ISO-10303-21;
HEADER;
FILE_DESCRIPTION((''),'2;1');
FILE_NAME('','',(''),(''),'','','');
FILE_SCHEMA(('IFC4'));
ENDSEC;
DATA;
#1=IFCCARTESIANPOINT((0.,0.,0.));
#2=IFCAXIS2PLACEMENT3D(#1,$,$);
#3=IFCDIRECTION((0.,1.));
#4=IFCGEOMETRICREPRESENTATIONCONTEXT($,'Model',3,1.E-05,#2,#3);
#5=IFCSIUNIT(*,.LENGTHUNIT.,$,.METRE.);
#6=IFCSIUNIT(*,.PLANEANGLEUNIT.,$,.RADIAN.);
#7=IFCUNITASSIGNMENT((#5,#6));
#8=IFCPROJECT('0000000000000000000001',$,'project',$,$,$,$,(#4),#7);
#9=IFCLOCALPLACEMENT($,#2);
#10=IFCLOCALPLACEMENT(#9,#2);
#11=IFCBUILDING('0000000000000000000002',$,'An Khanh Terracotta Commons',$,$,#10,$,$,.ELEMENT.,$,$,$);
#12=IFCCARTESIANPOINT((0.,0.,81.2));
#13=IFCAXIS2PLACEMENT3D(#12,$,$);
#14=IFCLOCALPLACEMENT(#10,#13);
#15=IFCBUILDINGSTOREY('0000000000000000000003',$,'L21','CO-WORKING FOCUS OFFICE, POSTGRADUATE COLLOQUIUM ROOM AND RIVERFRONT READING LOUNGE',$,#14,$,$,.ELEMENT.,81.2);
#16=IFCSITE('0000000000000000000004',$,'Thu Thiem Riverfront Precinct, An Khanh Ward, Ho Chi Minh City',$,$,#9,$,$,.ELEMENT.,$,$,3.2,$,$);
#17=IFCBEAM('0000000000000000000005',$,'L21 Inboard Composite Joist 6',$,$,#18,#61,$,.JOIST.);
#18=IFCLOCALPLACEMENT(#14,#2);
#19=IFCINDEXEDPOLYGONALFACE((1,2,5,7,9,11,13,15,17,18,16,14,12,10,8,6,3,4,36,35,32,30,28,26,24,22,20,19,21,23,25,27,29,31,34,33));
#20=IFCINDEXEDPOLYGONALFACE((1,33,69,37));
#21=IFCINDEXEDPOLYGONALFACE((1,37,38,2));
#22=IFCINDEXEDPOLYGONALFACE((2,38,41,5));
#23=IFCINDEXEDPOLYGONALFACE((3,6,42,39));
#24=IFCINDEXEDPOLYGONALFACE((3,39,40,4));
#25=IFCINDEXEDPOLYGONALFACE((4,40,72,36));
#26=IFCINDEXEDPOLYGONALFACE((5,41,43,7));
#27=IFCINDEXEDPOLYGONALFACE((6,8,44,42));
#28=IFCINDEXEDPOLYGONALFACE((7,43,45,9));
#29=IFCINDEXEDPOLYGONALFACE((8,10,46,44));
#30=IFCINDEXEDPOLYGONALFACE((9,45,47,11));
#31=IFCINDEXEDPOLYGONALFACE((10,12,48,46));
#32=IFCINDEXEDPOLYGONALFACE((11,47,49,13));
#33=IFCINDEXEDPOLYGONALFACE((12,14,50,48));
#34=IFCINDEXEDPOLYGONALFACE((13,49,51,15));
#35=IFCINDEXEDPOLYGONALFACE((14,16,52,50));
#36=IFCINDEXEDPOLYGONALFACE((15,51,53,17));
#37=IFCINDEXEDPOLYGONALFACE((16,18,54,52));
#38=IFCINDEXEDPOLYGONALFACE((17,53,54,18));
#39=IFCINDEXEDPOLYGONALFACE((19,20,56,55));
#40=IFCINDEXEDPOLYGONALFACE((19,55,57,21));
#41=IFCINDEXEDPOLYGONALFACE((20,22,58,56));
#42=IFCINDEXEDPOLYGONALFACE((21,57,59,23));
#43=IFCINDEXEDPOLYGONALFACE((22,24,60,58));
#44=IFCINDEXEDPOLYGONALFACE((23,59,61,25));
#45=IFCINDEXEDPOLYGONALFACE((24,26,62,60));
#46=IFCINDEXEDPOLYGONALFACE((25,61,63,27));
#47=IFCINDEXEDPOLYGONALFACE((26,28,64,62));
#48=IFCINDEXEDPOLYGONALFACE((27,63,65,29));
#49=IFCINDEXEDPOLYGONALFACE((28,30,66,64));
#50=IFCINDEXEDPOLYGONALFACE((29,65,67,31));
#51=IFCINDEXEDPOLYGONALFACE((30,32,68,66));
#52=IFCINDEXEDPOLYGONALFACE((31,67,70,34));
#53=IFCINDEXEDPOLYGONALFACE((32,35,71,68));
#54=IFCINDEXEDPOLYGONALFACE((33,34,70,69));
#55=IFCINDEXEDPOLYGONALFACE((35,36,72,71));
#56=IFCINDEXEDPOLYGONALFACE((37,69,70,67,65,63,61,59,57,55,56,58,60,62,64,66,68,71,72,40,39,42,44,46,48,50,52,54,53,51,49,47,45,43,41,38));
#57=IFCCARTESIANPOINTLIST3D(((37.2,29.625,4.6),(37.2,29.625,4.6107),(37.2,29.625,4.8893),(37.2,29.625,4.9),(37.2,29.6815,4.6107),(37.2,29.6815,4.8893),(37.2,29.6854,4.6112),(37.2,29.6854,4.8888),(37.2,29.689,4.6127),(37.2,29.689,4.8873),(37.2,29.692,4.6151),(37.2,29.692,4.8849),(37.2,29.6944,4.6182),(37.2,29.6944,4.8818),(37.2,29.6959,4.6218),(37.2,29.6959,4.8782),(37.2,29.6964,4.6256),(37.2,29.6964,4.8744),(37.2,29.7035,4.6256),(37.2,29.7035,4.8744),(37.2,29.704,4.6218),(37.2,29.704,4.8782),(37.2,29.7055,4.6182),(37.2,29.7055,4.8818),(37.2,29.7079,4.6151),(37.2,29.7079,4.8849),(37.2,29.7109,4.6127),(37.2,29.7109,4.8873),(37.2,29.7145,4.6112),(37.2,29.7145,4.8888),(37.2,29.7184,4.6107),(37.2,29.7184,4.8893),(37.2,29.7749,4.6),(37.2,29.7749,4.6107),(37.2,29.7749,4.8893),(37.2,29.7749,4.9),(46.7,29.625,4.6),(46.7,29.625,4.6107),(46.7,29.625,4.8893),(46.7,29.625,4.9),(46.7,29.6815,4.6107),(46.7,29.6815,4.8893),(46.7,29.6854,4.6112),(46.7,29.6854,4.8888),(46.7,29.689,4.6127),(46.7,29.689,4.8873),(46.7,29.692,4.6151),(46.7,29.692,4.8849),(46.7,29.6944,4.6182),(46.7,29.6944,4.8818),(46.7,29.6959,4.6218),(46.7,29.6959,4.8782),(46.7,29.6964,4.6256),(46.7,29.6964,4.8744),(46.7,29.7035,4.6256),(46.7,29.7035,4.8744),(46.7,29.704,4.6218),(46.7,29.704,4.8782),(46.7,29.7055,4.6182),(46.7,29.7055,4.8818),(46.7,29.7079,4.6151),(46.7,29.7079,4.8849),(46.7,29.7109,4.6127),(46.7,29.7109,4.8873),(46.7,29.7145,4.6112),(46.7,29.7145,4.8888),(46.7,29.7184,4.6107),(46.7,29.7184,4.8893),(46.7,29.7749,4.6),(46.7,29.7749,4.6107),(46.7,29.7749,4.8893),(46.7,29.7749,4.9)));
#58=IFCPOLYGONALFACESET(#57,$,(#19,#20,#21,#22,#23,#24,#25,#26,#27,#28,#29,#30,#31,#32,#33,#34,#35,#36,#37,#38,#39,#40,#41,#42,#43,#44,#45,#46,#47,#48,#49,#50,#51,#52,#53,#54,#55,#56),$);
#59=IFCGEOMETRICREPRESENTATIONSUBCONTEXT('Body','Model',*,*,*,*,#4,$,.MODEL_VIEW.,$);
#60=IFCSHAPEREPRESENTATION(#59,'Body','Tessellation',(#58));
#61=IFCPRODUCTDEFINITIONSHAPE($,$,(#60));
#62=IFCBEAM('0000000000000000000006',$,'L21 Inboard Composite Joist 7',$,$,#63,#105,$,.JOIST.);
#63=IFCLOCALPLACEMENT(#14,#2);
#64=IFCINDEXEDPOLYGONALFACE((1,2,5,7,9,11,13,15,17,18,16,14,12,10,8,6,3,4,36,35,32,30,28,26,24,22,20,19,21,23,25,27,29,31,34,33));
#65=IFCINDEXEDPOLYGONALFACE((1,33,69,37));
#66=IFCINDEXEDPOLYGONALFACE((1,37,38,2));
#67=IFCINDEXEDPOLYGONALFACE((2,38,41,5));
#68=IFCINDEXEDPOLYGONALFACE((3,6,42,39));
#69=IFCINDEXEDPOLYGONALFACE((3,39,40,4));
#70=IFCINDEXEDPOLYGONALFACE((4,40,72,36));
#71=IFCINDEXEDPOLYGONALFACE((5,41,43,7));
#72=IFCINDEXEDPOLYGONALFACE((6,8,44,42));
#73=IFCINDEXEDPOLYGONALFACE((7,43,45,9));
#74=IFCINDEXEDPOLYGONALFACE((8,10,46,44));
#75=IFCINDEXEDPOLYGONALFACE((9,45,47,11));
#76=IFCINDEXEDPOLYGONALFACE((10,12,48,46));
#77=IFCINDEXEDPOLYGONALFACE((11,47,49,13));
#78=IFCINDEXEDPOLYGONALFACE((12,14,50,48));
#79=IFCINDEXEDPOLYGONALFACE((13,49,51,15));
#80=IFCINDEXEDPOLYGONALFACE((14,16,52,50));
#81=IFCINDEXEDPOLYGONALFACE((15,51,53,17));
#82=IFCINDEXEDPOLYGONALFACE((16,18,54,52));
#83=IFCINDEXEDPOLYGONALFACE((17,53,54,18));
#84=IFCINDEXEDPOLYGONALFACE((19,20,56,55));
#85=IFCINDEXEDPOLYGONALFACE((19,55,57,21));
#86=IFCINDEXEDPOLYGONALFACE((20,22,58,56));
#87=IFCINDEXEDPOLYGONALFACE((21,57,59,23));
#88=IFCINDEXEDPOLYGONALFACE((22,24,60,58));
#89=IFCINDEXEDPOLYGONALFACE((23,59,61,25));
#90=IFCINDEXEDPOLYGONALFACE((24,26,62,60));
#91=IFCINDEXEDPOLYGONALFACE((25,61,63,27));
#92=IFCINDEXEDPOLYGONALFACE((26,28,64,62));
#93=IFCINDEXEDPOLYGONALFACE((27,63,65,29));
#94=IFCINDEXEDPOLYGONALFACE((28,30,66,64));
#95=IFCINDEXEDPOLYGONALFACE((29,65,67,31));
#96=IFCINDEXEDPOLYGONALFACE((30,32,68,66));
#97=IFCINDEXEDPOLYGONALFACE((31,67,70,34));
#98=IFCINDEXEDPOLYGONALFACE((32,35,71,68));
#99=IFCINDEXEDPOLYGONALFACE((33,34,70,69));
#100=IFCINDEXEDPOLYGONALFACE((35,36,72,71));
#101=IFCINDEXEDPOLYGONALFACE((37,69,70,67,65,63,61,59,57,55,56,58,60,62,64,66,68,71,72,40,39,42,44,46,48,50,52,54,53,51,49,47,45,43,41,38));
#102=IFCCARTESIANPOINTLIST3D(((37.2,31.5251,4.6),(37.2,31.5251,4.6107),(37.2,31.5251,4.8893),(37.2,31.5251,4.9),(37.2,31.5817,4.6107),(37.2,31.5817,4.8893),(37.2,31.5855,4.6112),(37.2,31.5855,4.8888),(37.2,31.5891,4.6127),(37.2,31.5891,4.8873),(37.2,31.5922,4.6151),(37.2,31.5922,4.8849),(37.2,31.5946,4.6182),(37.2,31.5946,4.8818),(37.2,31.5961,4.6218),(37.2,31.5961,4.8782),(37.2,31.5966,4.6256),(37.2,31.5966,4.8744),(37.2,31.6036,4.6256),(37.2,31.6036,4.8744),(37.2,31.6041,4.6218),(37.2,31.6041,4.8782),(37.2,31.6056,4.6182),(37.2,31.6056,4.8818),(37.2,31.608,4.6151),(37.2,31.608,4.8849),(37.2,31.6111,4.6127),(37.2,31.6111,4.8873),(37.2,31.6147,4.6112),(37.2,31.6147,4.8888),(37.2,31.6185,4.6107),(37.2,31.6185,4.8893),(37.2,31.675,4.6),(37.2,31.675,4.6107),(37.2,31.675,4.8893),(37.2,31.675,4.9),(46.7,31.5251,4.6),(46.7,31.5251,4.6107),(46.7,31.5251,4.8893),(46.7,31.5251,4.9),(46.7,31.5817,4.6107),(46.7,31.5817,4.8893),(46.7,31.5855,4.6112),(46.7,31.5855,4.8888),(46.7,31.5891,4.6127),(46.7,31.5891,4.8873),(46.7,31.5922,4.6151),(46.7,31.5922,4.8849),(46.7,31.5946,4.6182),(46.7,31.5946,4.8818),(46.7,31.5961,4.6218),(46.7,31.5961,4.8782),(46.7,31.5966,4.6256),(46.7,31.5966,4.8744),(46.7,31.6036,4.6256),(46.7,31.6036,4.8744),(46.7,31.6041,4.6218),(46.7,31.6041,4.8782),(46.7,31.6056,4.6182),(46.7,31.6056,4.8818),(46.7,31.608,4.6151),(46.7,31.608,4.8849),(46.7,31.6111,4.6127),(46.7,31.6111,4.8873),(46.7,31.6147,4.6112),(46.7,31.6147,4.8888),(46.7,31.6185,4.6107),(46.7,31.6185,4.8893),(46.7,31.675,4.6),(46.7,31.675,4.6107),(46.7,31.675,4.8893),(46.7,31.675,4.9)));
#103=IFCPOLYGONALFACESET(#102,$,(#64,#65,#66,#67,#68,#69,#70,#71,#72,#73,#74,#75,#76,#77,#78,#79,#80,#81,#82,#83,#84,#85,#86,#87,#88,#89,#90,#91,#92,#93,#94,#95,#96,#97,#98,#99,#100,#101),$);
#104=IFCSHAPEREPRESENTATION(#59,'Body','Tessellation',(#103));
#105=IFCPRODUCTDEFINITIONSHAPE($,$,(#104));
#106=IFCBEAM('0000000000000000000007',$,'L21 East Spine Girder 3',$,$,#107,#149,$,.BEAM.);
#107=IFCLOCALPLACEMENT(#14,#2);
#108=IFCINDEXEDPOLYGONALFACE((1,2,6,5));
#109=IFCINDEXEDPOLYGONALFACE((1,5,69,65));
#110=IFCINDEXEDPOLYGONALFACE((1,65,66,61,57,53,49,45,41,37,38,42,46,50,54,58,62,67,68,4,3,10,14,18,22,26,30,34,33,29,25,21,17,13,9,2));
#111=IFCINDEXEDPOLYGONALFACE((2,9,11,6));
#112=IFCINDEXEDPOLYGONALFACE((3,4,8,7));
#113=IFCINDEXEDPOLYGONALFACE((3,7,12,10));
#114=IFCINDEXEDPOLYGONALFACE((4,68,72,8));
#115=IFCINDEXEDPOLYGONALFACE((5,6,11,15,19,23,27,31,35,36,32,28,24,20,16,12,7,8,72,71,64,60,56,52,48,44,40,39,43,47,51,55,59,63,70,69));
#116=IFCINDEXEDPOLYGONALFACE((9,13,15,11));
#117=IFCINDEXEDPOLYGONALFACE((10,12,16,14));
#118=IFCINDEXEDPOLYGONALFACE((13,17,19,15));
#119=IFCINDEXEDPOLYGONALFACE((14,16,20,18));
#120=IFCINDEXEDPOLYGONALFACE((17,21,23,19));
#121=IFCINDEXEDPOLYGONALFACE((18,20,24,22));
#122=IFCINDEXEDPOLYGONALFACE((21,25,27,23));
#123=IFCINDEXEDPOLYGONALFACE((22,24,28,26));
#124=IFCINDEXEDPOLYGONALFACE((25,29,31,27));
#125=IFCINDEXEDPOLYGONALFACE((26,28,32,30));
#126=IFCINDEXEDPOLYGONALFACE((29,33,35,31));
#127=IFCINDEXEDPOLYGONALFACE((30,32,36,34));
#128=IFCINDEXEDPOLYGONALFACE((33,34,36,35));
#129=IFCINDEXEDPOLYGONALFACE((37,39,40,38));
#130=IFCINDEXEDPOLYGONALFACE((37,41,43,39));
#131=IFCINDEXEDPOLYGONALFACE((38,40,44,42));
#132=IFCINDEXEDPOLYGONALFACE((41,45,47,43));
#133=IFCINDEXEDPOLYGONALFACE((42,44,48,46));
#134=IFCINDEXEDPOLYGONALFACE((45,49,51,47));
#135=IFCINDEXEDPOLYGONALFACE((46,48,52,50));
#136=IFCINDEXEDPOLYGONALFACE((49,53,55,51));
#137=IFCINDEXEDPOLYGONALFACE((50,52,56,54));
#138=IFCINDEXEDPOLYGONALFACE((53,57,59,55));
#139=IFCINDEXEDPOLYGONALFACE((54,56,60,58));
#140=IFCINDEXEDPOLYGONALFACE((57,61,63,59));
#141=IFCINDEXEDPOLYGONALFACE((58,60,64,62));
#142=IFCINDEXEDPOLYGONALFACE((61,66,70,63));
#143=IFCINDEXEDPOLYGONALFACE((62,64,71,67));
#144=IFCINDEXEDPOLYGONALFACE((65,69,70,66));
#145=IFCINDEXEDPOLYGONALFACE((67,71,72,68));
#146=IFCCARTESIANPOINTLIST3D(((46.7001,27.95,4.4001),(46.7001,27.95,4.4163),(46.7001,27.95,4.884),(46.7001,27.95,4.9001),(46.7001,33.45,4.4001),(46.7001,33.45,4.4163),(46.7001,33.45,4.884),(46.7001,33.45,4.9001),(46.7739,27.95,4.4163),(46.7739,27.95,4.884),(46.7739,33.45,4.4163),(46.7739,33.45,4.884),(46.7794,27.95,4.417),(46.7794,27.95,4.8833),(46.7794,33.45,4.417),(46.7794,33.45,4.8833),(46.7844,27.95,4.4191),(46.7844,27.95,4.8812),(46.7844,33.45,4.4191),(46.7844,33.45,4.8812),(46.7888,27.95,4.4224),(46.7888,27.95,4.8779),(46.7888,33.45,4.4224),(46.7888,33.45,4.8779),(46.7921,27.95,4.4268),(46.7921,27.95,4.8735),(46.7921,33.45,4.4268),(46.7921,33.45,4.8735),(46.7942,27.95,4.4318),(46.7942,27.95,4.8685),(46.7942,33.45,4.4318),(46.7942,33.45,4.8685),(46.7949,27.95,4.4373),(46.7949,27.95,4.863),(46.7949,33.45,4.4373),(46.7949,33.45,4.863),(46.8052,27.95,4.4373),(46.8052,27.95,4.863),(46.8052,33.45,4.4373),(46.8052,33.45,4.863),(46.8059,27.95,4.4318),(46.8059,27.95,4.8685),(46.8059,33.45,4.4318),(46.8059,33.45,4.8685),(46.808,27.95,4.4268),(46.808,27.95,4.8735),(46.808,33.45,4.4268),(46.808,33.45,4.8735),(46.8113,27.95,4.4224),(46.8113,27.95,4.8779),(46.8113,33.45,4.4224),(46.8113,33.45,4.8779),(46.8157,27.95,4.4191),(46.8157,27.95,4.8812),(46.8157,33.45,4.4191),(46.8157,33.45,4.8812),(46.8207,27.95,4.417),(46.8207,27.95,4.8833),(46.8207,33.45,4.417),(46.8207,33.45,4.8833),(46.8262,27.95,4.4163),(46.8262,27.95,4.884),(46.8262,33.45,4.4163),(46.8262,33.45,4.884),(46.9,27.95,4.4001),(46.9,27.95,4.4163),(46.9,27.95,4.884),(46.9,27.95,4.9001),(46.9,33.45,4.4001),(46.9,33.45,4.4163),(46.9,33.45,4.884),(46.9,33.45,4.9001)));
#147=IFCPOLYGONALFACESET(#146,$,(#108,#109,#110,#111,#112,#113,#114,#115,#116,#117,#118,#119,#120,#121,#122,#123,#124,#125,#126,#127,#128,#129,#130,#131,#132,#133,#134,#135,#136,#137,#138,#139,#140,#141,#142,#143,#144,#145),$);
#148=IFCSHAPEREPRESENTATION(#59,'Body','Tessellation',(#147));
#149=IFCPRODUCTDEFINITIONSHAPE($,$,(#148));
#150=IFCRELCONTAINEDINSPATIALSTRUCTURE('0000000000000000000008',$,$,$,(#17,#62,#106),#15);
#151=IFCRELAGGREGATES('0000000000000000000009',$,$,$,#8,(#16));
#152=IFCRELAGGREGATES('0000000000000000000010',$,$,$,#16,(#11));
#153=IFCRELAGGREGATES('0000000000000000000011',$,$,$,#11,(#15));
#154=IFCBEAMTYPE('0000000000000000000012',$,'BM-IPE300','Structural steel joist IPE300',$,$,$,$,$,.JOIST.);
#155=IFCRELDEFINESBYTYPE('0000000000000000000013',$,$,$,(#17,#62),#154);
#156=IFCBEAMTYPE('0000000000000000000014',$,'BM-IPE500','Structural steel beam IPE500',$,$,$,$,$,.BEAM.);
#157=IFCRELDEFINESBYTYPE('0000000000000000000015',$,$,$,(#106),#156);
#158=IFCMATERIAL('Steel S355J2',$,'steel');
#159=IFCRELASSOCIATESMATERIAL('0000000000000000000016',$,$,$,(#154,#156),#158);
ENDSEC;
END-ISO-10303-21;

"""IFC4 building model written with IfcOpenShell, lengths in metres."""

from ifc_helpers import new_model, si_unit, direction, frame, origin, origin_2d, place, context, subcontext, project, spatial, i_section, extrude, material, material_profile, profile_set, type_object, element, save


model = new_model("IFC4")

# Units and contexts
model_context = context("Model", 3, precision=1e-05, world=origin(), true_north=direction((0.0, 1.0)))
body_context = subcontext(model_context, "Body", "Model", "MODEL_VIEW")
ifc_project = project(units=[si_unit("LENGTHUNIT", "METRE"), si_unit("PLANEANGLEUNIT", "RADIAN")], contexts=[model_context])

# Site, building, storey
site_placement = place(None, origin())
site = spatial("IfcSite", under=ifc_project, at=site_placement, Name="Thu Thiem Riverfront Precinct, An Khanh Ward, Ho Chi Minh City", CompositionType="ELEMENT", RefElevation=3.2)
building_placement = place(site_placement, origin())
building = spatial("IfcBuilding", under=site, at=building_placement, Name="An Khanh Terracotta Commons", CompositionType="ELEMENT")
storey_placement = place(building_placement, frame((0.0, 0.0, 81.2)))
storey = spatial("IfcBuildingStorey", under=building, at=storey_placement, Name="L21", Description="CO-WORKING FOCUS OFFICE, POSTGRADUATE COLLOQUIUM ROOM AND RIVERFRONT READING LOUNGE", CompositionType="ELEMENT", Elevation=81.2)

# Beams
ifc_material_1 = material(Name="Steel S355J2", Category="steel")
ifc_material_profile_1 = material_profile(ifc_material_1, i_section(OverallWidth=0.1499, OverallDepth=0.3, WebThickness=0.0071, FlangeThickness=0.0107, FilletRadius=0.0149, at=origin_2d()), Name="IPE300")
ifc_profile_set_1 = profile_set([ifc_material_profile_1], Name="Steel S355J2")
beam_type_1 = type_object("IfcBeamType", Name="BM-IPE300", Description="Structural steel joist IPE300", PredefinedType="JOIST", material=ifc_profile_set_1)
for number, where, z_axis, x_axis, name in (
    (1, (37.2, 29.7, 4.75), (1.0, 0.0, 0.0), (0.0, 1.0, 0.0), "L21 Inboard Composite Joist 6"),
    (2, (37.2, 31.6001, 4.75), (1.0, 0.0, 0.0), (0.0, 1.0, 0.0), "L21 Inboard Composite Joist 7"),
):
    element("IfcBeam", number, at=place(storey_placement, frame(where, z_axis=z_axis, x_axis=x_axis)), inside=storey, type_object=beam_type_1, Name=name, PredefinedType="JOIST", context=body_context, shape_type="SweptSolid", body=[
        extrude(i_section(OverallWidth=0.1499, OverallDepth=0.3, WebThickness=0.0071, FlangeThickness=0.0107, FilletRadius=0.0149, at=origin_2d()), origin(), (0.0, 0.0, 1.0), 9.5),
    ])
ifc_material_profile_2 = material_profile(ifc_material_1, i_section(OverallWidth=0.2, OverallDepth=0.5, WebThickness=0.0103, FlangeThickness=0.0161, FilletRadius=0.021, at=origin_2d()), Name="IPE500")
ifc_profile_set_2 = profile_set([ifc_material_profile_2], Name="Steel S355J2")
beam_type_2 = type_object("IfcBeamType", Name="BM-IPE500", Description="Structural steel beam IPE500", PredefinedType="BEAM", material=ifc_profile_set_2)
beam_1_placement = place(storey_placement, frame((46.8, 27.95, 4.6501), z_axis=(0.0, 1.0, 0.0), x_axis=(-1.0, 0.0, 0.0)))
element("IfcBeam", 3, at=beam_1_placement, inside=storey, type_object=beam_type_2, Name="L21 East Spine Girder 3", PredefinedType="BEAM", context=body_context, shape_type="SweptSolid", body=[
    extrude(i_section(OverallWidth=0.2, OverallDepth=0.5, WebThickness=0.0103, FlangeThickness=0.0161, FilletRadius=0.021, at=origin_2d()), origin(), (0.0, 0.0, 1.0), 5.5),
])

save(model, "model.ifc")
